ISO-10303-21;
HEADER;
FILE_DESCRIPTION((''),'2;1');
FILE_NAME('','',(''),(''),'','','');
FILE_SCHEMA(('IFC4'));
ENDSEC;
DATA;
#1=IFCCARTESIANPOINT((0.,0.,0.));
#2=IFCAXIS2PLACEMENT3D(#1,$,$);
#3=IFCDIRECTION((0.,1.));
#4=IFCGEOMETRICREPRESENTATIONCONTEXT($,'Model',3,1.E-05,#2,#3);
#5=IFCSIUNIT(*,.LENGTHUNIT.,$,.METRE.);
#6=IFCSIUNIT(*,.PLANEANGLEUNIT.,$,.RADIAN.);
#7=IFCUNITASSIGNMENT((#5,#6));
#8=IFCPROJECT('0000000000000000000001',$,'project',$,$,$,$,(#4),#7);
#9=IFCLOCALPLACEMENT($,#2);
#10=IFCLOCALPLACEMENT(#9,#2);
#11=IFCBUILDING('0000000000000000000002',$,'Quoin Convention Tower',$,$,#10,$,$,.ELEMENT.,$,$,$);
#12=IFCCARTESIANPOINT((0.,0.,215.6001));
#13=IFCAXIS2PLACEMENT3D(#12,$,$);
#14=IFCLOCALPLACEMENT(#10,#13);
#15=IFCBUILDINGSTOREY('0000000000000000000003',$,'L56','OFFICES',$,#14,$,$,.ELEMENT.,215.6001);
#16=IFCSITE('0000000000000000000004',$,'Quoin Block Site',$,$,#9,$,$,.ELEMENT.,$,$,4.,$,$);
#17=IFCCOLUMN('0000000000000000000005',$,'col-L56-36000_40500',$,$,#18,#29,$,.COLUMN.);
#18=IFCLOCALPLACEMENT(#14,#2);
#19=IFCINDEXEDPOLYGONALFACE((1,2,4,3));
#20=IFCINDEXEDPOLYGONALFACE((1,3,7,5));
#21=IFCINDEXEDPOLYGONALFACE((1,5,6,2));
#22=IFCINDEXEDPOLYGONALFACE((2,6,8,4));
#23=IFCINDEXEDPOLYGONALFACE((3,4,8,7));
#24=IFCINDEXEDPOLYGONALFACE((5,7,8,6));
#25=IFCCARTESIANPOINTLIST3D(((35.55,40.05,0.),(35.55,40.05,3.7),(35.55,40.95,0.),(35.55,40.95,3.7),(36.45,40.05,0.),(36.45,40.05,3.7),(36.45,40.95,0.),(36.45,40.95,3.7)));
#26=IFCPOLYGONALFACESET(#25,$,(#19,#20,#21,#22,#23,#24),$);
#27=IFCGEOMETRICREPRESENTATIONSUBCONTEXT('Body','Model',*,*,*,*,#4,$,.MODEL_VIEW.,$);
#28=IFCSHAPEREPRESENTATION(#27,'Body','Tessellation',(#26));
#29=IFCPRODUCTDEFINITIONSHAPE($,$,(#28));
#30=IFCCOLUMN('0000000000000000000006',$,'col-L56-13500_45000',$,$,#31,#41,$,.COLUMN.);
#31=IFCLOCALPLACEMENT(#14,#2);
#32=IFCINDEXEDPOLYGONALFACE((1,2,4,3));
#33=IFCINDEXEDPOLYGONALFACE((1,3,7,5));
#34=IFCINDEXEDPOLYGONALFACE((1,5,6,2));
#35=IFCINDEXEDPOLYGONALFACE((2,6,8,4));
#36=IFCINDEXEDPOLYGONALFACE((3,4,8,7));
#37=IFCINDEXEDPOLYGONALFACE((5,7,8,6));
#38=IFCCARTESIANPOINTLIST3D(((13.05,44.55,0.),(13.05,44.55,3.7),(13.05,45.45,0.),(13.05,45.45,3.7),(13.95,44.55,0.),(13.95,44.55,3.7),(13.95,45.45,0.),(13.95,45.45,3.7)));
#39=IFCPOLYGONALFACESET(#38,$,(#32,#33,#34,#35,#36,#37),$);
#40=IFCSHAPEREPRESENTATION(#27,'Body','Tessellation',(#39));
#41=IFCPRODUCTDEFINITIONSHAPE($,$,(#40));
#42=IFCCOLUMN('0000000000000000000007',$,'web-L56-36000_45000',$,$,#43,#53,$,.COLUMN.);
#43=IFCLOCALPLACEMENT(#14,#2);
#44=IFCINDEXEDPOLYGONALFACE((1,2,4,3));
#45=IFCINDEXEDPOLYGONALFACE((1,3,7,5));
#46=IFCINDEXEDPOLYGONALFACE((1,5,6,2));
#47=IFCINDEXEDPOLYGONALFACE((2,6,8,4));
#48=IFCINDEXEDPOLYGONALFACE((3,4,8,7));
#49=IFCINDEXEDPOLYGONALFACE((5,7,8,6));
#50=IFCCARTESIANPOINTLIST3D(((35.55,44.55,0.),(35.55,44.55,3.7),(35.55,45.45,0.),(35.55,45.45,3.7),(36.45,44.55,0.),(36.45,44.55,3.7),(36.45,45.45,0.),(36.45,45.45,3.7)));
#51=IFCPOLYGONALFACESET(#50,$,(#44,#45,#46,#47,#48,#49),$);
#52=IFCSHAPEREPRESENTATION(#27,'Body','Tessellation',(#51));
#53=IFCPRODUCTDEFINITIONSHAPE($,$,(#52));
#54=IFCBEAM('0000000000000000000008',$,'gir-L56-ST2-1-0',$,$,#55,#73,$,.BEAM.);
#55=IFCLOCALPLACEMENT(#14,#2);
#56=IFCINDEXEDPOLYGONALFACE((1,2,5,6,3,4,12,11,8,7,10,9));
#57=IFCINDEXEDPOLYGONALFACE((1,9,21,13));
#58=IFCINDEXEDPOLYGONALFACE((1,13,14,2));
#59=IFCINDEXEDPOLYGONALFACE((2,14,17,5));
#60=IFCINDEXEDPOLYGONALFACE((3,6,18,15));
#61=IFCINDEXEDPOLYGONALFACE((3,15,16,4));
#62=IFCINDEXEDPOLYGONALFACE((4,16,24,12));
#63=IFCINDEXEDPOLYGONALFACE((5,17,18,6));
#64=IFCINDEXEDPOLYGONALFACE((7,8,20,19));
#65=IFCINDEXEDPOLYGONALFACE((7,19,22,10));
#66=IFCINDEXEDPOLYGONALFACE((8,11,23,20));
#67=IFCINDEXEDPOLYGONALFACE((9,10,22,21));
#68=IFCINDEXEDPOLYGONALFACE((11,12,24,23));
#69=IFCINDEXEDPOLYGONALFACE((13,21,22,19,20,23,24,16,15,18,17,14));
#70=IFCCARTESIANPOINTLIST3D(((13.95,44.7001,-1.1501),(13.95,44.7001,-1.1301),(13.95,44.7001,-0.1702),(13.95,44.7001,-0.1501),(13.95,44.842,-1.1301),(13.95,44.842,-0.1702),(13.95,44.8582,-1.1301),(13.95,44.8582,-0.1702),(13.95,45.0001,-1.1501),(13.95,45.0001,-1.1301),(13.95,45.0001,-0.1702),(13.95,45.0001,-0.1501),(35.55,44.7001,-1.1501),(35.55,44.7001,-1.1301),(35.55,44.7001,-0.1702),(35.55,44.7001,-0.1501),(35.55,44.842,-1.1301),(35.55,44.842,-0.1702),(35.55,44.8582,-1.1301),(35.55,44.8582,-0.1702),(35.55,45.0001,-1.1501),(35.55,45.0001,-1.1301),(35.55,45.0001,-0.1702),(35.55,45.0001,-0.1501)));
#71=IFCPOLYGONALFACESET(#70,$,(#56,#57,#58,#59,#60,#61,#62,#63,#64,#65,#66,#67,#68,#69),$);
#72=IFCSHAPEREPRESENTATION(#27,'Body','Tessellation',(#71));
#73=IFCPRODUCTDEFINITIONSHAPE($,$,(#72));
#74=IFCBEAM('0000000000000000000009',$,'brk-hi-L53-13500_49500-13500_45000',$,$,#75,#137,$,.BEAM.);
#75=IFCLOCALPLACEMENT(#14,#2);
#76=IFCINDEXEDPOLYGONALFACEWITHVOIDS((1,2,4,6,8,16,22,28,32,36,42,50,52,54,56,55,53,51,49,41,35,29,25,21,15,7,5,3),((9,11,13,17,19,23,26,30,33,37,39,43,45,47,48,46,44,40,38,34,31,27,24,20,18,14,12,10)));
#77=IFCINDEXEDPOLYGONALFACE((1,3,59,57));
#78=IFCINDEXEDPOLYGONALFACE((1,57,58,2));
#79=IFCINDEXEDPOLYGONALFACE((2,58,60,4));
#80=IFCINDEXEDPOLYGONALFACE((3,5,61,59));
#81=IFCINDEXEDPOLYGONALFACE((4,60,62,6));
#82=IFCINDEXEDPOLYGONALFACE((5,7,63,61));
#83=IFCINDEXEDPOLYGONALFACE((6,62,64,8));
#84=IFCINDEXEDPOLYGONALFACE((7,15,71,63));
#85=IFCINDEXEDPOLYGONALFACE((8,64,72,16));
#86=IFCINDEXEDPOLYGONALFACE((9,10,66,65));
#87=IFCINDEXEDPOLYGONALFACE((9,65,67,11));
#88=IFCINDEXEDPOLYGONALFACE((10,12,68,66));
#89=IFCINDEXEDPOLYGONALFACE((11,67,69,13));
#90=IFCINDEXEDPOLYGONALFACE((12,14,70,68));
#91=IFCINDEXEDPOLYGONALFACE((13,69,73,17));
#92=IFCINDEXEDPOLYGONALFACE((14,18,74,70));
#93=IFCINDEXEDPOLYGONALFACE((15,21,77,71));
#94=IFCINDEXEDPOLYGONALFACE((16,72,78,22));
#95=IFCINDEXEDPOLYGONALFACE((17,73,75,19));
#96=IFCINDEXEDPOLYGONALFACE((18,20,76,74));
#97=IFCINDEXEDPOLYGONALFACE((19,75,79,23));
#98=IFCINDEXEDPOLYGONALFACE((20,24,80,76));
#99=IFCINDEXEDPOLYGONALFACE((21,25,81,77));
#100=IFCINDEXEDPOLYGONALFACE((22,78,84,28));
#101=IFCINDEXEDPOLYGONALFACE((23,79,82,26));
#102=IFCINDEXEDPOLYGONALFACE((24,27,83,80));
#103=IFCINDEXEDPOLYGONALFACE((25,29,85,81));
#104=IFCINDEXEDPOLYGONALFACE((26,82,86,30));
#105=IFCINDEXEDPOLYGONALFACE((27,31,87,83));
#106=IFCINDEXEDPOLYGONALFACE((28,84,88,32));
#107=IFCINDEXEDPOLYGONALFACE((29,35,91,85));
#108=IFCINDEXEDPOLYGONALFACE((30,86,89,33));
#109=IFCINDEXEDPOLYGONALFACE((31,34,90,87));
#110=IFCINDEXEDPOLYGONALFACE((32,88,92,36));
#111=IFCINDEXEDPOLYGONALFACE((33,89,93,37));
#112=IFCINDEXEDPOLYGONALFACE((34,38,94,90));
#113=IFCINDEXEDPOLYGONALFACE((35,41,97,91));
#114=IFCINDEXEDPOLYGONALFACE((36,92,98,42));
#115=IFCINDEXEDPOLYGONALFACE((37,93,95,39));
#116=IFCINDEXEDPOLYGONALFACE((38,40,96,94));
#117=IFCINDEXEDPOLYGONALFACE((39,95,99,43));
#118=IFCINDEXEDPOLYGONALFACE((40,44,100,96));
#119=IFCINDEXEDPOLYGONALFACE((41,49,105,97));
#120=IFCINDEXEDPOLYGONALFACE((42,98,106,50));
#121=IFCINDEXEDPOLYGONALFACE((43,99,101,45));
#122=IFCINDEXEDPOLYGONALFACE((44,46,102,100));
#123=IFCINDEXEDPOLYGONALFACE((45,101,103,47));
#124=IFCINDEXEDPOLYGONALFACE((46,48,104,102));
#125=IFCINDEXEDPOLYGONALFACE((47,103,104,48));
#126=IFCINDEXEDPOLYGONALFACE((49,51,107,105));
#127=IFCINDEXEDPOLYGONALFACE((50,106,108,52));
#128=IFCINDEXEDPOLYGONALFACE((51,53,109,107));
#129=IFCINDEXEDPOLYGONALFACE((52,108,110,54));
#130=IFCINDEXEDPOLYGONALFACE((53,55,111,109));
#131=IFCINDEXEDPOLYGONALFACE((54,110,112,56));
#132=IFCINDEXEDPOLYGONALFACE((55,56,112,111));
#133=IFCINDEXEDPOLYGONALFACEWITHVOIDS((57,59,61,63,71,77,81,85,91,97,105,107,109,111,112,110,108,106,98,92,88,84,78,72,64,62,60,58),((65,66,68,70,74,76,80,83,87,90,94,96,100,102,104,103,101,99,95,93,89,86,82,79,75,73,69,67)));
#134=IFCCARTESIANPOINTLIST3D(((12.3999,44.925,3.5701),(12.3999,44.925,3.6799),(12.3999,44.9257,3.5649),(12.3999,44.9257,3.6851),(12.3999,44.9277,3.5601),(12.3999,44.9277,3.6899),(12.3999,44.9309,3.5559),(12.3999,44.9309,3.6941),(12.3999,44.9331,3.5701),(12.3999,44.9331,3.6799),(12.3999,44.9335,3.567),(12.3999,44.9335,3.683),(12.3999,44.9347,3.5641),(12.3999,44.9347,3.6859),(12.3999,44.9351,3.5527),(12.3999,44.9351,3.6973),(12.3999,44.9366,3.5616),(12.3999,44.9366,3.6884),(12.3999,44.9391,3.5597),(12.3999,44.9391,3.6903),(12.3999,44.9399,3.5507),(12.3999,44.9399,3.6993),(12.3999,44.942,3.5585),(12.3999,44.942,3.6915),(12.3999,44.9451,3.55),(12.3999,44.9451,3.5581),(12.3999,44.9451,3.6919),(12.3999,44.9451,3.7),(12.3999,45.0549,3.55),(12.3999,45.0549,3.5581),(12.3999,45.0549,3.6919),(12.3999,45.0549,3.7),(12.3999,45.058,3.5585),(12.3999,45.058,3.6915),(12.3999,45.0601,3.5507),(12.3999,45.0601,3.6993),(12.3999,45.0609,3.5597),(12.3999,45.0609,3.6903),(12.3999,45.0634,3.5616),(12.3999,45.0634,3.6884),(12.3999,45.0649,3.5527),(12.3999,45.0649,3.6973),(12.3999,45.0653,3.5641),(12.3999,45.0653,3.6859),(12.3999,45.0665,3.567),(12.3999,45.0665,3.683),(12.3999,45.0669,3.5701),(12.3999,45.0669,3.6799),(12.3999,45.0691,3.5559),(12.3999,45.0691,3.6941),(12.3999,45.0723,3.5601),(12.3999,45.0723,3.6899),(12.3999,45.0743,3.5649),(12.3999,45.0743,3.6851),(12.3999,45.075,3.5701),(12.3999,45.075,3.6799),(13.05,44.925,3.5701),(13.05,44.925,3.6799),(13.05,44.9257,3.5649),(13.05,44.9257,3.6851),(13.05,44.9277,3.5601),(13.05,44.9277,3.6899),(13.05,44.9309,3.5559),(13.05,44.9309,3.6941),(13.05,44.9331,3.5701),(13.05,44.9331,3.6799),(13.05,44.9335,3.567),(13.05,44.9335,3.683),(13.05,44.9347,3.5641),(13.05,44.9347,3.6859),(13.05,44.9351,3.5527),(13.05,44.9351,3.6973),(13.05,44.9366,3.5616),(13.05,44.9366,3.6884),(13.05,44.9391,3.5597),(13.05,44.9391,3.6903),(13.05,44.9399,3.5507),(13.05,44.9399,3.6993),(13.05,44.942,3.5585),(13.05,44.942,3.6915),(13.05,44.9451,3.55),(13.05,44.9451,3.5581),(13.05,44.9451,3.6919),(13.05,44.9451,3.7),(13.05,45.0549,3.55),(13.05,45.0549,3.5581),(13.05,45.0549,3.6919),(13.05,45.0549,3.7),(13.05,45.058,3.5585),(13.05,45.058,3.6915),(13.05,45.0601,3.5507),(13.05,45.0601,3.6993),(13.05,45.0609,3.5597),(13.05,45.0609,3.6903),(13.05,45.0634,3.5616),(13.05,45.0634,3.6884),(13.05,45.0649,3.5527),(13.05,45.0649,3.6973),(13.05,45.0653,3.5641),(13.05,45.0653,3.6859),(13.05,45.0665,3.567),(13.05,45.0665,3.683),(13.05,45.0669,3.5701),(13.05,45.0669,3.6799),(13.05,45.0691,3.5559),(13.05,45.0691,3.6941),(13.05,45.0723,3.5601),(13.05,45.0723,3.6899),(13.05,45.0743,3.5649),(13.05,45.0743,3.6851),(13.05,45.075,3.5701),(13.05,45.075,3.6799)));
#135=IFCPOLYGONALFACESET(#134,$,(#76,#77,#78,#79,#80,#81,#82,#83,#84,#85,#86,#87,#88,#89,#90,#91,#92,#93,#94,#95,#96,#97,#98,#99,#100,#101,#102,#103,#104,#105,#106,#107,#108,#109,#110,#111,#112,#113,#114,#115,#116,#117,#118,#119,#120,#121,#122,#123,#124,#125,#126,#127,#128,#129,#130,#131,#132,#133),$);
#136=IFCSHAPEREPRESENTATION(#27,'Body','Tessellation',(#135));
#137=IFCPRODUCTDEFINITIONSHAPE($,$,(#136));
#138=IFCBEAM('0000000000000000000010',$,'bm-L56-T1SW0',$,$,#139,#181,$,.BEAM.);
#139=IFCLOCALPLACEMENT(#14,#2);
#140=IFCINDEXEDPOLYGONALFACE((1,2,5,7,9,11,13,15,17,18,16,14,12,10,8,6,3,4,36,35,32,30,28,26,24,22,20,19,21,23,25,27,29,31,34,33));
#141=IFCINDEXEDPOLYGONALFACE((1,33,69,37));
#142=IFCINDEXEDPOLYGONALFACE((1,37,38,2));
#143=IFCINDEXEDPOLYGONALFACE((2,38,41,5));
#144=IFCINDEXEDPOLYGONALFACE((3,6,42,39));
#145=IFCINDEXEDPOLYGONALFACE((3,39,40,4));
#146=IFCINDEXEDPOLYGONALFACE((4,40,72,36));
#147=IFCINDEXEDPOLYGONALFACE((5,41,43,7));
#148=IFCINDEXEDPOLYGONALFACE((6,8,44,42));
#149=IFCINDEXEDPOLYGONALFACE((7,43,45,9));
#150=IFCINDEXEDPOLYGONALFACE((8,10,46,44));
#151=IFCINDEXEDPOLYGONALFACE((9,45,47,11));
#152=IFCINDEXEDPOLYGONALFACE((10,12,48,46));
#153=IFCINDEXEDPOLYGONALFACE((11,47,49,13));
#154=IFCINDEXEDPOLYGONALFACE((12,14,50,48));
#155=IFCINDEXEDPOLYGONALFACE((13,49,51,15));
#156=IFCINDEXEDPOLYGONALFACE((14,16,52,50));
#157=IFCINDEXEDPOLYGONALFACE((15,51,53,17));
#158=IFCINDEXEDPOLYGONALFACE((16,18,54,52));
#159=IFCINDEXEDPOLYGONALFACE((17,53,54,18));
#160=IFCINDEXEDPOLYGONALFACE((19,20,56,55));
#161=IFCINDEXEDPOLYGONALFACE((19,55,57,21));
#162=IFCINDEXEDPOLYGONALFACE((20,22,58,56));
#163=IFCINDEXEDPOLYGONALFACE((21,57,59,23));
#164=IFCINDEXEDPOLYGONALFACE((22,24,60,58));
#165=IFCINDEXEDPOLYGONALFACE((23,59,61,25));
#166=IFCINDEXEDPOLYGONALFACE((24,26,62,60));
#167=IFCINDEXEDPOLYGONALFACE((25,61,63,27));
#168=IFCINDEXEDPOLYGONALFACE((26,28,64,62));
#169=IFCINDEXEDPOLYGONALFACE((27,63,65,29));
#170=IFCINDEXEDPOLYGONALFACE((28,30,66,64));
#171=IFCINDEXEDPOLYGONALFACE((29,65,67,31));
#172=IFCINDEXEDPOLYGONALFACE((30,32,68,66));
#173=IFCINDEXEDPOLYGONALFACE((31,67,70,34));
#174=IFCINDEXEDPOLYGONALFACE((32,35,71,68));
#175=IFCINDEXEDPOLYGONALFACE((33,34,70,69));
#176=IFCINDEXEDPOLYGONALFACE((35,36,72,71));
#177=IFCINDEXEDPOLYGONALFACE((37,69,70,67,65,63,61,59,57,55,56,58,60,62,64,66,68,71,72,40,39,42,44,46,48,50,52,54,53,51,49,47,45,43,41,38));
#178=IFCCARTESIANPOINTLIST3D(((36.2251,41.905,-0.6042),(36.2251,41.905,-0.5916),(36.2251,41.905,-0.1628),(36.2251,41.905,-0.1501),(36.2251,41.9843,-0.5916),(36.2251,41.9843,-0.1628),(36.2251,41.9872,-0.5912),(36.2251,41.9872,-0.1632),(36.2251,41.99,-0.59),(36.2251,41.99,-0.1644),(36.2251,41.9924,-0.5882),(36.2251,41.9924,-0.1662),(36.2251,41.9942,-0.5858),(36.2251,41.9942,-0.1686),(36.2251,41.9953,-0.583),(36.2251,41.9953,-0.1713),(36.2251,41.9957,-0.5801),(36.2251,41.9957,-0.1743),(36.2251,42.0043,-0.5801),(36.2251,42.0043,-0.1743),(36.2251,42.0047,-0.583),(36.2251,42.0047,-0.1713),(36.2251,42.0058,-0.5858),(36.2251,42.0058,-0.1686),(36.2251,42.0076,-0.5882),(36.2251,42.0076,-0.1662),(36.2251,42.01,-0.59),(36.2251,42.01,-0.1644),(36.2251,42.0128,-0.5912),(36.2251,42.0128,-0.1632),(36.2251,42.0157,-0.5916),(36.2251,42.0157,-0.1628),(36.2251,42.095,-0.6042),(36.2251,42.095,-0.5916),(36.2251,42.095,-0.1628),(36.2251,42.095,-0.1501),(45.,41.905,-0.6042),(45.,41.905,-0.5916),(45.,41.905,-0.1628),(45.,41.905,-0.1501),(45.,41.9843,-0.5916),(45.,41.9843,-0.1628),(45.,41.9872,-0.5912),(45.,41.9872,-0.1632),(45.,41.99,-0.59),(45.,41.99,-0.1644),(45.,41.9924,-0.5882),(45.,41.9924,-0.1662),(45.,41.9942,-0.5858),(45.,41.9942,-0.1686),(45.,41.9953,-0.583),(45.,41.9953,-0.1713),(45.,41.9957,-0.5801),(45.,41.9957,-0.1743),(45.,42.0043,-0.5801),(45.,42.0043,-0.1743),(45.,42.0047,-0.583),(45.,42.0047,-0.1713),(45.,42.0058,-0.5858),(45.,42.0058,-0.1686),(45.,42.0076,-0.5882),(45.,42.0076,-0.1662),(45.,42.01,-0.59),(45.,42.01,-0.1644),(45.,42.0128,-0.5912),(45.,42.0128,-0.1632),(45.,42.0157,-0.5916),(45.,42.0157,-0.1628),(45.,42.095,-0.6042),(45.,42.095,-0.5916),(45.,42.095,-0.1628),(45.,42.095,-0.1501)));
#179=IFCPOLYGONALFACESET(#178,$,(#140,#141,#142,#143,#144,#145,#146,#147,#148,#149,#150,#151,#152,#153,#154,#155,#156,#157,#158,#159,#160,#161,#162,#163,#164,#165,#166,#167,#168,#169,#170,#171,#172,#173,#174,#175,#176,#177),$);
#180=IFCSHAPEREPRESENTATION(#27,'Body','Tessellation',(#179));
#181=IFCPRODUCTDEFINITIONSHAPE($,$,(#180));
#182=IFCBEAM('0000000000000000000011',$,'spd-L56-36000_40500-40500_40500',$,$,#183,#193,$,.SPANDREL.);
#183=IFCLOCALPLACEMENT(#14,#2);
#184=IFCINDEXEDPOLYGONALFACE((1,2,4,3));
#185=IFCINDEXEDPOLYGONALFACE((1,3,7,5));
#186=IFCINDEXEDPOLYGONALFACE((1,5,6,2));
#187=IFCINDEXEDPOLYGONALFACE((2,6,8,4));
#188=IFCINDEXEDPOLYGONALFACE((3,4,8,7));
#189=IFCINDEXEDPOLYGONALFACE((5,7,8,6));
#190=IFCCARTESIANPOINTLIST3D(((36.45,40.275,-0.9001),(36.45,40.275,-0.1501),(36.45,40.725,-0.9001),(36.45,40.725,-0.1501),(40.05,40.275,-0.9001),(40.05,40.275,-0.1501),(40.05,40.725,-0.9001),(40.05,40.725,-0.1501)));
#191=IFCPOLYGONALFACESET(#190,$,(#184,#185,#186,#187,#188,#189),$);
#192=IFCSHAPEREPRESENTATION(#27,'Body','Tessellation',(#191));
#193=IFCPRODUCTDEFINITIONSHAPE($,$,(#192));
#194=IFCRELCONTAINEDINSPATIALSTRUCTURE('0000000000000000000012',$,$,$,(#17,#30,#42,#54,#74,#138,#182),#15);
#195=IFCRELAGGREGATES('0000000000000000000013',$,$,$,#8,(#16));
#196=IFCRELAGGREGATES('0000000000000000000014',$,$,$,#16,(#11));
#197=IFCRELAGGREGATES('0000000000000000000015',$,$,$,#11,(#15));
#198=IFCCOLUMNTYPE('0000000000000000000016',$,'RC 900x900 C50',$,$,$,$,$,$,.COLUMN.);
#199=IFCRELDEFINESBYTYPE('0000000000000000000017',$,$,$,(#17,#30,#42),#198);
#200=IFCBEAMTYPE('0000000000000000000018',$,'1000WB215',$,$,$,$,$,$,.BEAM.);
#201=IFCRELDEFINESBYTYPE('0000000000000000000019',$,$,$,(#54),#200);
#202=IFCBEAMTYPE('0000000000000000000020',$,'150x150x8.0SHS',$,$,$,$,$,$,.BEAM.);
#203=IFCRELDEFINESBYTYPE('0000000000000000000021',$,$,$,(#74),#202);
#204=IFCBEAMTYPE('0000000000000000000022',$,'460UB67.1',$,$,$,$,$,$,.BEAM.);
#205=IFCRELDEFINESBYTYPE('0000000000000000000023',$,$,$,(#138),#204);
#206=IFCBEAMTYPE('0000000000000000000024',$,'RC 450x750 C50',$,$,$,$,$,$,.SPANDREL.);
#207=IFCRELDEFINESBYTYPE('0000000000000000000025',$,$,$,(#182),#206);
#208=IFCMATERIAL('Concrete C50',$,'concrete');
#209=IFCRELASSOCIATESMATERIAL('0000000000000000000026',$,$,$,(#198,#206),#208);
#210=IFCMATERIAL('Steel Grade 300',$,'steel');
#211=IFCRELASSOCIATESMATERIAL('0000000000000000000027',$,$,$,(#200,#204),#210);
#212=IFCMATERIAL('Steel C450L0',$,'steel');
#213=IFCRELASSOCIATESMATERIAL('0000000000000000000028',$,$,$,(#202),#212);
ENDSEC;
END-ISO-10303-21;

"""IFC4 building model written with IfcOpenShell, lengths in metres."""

from ifc_helpers import new_model, si_unit, direction, frame, origin, origin_2d, place, context, subcontext, project, spatial, rectangle, hollow_rectangle, i_section, extrude, material, material_profile, profile_set, type_object, element, save


model = new_model("IFC4")

# Units and contexts
model_context = context("Model", 3, precision=1e-05, world=origin(), true_north=direction((0.0, 1.0)))
body_context = subcontext(model_context, "Body", "Model", "MODEL_VIEW")
ifc_project = project(units=[si_unit("LENGTHUNIT", "METRE"), si_unit("PLANEANGLEUNIT", "RADIAN")], contexts=[model_context])

# Site, building, storey
site_placement = place(None, origin())
site = spatial("IfcSite", under=ifc_project, at=site_placement, Name="Quoin Block Site", CompositionType="ELEMENT", RefElevation=4.0)
building_placement = place(site_placement, origin())
building = spatial("IfcBuilding", under=site, at=building_placement, Name="Quoin Convention Tower", CompositionType="ELEMENT")
storey_placement = place(building_placement, frame((0.0, 0.0, 215.6001)))
storey = spatial("IfcBuildingStorey", under=building, at=storey_placement, Name="L56", Description="OFFICES", CompositionType="ELEMENT", Elevation=215.6001)

# Columns
ifc_material_1 = material(Name="Concrete C50", Category="concrete")
ifc_material_profile_1 = material_profile(ifc_material_1, rectangle(XDim=0.8999, YDim=0.8999, at=origin_2d()), Name="RC 900x900")
ifc_profile_set_1 = profile_set([ifc_material_profile_1], Name="Concrete C50")
column_type = type_object("IfcColumnType", Name="RC 900x900 C50", PredefinedType="COLUMN", material=ifc_profile_set_1)
for number, where, z_axis, x_axis, name in (
    (1, (36.0, 40.5, 0.0), (0.0, 0.0, 1.0), (1.0, 0.0, 0.0), "col-L56-36000_40500"),
    (2, (13.5, 45.0, 0.0), (0.0, 0.0, 1.0), (1.0, 0.0, 0.0), "col-L56-13500_45000"),
    (3, (36.0, 45.0, 0.0), (0.0, 0.0, 1.0), (1.0, 0.0, 0.0), "web-L56-36000_45000"),
):
    element("IfcColumn", number, at=place(storey_placement, frame(where, z_axis=z_axis, x_axis=x_axis)), inside=storey, type_object=column_type, Name=name, PredefinedType="COLUMN", context=body_context, shape_type="SweptSolid", body=[
        extrude(rectangle(XDim=0.8999, YDim=0.8999, at=origin_2d()), origin(), (0.0, 0.0, 1.0), 3.7),
    ])

# Beams
ifc_material_2 = material(Name="Steel Grade 300", Category="steel")
ifc_material_profile_2 = material_profile(ifc_material_2, i_section(OverallWidth=0.3, OverallDepth=1.0, WebThickness=0.0161, FlangeThickness=0.02, at=origin_2d()), Name="1000WB215")
ifc_profile_set_2 = profile_set([ifc_material_profile_2], Name="Steel Grade 300")
beam_type_1 = type_object("IfcBeamType", Name="1000WB215", PredefinedType="BEAM", material=ifc_profile_set_2)
beam_1_placement = place(storey_placement, frame((13.95, 44.8501, -0.6501), z_axis=(1.0, 0.0, 0.0), x_axis=(0.0, 1.0, 0.0)))
element("IfcBeam", 4, at=beam_1_placement, inside=storey, type_object=beam_type_1, Name="gir-L56-ST2-1-0", PredefinedType="BEAM", context=body_context, shape_type="SweptSolid", body=[
    extrude(i_section(OverallWidth=0.3, OverallDepth=1.0, WebThickness=0.0161, FlangeThickness=0.02, at=origin_2d()), origin(), (0.0, 0.0, 1.0), 21.6001),
])
ifc_material_3 = material(Name="Steel C450L0", Category="steel")
ifc_material_profile_3 = material_profile(ifc_material_3, hollow_rectangle(XDim=0.1499, YDim=0.1499, WallThickness=0.0081, InnerFilletRadius=0.012, OuterFilletRadius=0.02, at=origin_2d()), Name="150x150x8.0SHS")
ifc_profile_set_3 = profile_set([ifc_material_profile_3], Name="Steel C450L0")
beam_type_2 = type_object("IfcBeamType", Name="150x150x8.0SHS", PredefinedType="BEAM", material=ifc_profile_set_3)
beam_2_placement = place(storey_placement, frame((13.05, 45.0, 3.625), z_axis=(-1.0, 0.0, 0.0), x_axis=(0.0, -1.0, 0.0)))
element("IfcBeam", 5, at=beam_2_placement, inside=storey, type_object=beam_type_2, Name="brk-hi-L53-13500_49500-13500_45000", PredefinedType="BEAM", context=body_context, shape_type="SweptSolid", body=[
    extrude(hollow_rectangle(XDim=0.1499, YDim=0.1499, WallThickness=0.0081, InnerFilletRadius=0.012, OuterFilletRadius=0.02, at=origin_2d()), origin(), (0.0, 0.0, 1.0), 0.6501),
])
ifc_material_profile_4 = material_profile(ifc_material_2, i_section(OverallWidth=0.1899, OverallDepth=0.4541, WebThickness=0.0085, FlangeThickness=0.0127, FilletRadius=0.0115, at=origin_2d()), Name="460UB67.1")
ifc_profile_set_4 = profile_set([ifc_material_profile_4], Name="Steel Grade 300")
beam_type_3 = type_object("IfcBeamType", Name="460UB67.1", PredefinedType="BEAM", material=ifc_profile_set_4)
beam_3_placement = place(storey_placement, frame((36.2251, 42.0, -0.3772), z_axis=(1.0, 0.0, 0.0), x_axis=(0.0, 1.0, 0.0)))
element("IfcBeam", 6, at=beam_3_placement, inside=storey, type_object=beam_type_3, Name="bm-L56-T1SW0", PredefinedType="BEAM", context=body_context, shape_type="SweptSolid", body=[
    extrude(i_section(OverallWidth=0.1899, OverallDepth=0.4541, WebThickness=0.0085, FlangeThickness=0.0127, FilletRadius=0.0115, at=origin_2d()), origin(), (0.0, 0.0, 1.0), 8.7749),
])
ifc_material_profile_5 = material_profile(ifc_material_1, rectangle(XDim=0.45, YDim=0.75, at=origin_2d()), Name="RC 450x750")
ifc_profile_set_5 = profile_set([ifc_material_profile_5], Name="Concrete C50")
beam_type_4 = type_object("IfcBeamType", Name="RC 450x750 C50", PredefinedType="SPANDREL", material=ifc_profile_set_5)
beam_4_placement = place(storey_placement, frame((36.45, 40.5, -0.5251), z_axis=(1.0, 0.0, 0.0), x_axis=(0.0, 1.0, 0.0)))
element("IfcBeam", 7, at=beam_4_placement, inside=storey, type_object=beam_type_4, Name="spd-L56-36000_40500-40500_40500", PredefinedType="SPANDREL", context=body_context, shape_type="SweptSolid", body=[
    extrude(rectangle(XDim=0.45, YDim=0.75, at=origin_2d()), origin(), (0.0, 0.0, 1.0), 3.6001),
])

save(model, "model.ifc")
